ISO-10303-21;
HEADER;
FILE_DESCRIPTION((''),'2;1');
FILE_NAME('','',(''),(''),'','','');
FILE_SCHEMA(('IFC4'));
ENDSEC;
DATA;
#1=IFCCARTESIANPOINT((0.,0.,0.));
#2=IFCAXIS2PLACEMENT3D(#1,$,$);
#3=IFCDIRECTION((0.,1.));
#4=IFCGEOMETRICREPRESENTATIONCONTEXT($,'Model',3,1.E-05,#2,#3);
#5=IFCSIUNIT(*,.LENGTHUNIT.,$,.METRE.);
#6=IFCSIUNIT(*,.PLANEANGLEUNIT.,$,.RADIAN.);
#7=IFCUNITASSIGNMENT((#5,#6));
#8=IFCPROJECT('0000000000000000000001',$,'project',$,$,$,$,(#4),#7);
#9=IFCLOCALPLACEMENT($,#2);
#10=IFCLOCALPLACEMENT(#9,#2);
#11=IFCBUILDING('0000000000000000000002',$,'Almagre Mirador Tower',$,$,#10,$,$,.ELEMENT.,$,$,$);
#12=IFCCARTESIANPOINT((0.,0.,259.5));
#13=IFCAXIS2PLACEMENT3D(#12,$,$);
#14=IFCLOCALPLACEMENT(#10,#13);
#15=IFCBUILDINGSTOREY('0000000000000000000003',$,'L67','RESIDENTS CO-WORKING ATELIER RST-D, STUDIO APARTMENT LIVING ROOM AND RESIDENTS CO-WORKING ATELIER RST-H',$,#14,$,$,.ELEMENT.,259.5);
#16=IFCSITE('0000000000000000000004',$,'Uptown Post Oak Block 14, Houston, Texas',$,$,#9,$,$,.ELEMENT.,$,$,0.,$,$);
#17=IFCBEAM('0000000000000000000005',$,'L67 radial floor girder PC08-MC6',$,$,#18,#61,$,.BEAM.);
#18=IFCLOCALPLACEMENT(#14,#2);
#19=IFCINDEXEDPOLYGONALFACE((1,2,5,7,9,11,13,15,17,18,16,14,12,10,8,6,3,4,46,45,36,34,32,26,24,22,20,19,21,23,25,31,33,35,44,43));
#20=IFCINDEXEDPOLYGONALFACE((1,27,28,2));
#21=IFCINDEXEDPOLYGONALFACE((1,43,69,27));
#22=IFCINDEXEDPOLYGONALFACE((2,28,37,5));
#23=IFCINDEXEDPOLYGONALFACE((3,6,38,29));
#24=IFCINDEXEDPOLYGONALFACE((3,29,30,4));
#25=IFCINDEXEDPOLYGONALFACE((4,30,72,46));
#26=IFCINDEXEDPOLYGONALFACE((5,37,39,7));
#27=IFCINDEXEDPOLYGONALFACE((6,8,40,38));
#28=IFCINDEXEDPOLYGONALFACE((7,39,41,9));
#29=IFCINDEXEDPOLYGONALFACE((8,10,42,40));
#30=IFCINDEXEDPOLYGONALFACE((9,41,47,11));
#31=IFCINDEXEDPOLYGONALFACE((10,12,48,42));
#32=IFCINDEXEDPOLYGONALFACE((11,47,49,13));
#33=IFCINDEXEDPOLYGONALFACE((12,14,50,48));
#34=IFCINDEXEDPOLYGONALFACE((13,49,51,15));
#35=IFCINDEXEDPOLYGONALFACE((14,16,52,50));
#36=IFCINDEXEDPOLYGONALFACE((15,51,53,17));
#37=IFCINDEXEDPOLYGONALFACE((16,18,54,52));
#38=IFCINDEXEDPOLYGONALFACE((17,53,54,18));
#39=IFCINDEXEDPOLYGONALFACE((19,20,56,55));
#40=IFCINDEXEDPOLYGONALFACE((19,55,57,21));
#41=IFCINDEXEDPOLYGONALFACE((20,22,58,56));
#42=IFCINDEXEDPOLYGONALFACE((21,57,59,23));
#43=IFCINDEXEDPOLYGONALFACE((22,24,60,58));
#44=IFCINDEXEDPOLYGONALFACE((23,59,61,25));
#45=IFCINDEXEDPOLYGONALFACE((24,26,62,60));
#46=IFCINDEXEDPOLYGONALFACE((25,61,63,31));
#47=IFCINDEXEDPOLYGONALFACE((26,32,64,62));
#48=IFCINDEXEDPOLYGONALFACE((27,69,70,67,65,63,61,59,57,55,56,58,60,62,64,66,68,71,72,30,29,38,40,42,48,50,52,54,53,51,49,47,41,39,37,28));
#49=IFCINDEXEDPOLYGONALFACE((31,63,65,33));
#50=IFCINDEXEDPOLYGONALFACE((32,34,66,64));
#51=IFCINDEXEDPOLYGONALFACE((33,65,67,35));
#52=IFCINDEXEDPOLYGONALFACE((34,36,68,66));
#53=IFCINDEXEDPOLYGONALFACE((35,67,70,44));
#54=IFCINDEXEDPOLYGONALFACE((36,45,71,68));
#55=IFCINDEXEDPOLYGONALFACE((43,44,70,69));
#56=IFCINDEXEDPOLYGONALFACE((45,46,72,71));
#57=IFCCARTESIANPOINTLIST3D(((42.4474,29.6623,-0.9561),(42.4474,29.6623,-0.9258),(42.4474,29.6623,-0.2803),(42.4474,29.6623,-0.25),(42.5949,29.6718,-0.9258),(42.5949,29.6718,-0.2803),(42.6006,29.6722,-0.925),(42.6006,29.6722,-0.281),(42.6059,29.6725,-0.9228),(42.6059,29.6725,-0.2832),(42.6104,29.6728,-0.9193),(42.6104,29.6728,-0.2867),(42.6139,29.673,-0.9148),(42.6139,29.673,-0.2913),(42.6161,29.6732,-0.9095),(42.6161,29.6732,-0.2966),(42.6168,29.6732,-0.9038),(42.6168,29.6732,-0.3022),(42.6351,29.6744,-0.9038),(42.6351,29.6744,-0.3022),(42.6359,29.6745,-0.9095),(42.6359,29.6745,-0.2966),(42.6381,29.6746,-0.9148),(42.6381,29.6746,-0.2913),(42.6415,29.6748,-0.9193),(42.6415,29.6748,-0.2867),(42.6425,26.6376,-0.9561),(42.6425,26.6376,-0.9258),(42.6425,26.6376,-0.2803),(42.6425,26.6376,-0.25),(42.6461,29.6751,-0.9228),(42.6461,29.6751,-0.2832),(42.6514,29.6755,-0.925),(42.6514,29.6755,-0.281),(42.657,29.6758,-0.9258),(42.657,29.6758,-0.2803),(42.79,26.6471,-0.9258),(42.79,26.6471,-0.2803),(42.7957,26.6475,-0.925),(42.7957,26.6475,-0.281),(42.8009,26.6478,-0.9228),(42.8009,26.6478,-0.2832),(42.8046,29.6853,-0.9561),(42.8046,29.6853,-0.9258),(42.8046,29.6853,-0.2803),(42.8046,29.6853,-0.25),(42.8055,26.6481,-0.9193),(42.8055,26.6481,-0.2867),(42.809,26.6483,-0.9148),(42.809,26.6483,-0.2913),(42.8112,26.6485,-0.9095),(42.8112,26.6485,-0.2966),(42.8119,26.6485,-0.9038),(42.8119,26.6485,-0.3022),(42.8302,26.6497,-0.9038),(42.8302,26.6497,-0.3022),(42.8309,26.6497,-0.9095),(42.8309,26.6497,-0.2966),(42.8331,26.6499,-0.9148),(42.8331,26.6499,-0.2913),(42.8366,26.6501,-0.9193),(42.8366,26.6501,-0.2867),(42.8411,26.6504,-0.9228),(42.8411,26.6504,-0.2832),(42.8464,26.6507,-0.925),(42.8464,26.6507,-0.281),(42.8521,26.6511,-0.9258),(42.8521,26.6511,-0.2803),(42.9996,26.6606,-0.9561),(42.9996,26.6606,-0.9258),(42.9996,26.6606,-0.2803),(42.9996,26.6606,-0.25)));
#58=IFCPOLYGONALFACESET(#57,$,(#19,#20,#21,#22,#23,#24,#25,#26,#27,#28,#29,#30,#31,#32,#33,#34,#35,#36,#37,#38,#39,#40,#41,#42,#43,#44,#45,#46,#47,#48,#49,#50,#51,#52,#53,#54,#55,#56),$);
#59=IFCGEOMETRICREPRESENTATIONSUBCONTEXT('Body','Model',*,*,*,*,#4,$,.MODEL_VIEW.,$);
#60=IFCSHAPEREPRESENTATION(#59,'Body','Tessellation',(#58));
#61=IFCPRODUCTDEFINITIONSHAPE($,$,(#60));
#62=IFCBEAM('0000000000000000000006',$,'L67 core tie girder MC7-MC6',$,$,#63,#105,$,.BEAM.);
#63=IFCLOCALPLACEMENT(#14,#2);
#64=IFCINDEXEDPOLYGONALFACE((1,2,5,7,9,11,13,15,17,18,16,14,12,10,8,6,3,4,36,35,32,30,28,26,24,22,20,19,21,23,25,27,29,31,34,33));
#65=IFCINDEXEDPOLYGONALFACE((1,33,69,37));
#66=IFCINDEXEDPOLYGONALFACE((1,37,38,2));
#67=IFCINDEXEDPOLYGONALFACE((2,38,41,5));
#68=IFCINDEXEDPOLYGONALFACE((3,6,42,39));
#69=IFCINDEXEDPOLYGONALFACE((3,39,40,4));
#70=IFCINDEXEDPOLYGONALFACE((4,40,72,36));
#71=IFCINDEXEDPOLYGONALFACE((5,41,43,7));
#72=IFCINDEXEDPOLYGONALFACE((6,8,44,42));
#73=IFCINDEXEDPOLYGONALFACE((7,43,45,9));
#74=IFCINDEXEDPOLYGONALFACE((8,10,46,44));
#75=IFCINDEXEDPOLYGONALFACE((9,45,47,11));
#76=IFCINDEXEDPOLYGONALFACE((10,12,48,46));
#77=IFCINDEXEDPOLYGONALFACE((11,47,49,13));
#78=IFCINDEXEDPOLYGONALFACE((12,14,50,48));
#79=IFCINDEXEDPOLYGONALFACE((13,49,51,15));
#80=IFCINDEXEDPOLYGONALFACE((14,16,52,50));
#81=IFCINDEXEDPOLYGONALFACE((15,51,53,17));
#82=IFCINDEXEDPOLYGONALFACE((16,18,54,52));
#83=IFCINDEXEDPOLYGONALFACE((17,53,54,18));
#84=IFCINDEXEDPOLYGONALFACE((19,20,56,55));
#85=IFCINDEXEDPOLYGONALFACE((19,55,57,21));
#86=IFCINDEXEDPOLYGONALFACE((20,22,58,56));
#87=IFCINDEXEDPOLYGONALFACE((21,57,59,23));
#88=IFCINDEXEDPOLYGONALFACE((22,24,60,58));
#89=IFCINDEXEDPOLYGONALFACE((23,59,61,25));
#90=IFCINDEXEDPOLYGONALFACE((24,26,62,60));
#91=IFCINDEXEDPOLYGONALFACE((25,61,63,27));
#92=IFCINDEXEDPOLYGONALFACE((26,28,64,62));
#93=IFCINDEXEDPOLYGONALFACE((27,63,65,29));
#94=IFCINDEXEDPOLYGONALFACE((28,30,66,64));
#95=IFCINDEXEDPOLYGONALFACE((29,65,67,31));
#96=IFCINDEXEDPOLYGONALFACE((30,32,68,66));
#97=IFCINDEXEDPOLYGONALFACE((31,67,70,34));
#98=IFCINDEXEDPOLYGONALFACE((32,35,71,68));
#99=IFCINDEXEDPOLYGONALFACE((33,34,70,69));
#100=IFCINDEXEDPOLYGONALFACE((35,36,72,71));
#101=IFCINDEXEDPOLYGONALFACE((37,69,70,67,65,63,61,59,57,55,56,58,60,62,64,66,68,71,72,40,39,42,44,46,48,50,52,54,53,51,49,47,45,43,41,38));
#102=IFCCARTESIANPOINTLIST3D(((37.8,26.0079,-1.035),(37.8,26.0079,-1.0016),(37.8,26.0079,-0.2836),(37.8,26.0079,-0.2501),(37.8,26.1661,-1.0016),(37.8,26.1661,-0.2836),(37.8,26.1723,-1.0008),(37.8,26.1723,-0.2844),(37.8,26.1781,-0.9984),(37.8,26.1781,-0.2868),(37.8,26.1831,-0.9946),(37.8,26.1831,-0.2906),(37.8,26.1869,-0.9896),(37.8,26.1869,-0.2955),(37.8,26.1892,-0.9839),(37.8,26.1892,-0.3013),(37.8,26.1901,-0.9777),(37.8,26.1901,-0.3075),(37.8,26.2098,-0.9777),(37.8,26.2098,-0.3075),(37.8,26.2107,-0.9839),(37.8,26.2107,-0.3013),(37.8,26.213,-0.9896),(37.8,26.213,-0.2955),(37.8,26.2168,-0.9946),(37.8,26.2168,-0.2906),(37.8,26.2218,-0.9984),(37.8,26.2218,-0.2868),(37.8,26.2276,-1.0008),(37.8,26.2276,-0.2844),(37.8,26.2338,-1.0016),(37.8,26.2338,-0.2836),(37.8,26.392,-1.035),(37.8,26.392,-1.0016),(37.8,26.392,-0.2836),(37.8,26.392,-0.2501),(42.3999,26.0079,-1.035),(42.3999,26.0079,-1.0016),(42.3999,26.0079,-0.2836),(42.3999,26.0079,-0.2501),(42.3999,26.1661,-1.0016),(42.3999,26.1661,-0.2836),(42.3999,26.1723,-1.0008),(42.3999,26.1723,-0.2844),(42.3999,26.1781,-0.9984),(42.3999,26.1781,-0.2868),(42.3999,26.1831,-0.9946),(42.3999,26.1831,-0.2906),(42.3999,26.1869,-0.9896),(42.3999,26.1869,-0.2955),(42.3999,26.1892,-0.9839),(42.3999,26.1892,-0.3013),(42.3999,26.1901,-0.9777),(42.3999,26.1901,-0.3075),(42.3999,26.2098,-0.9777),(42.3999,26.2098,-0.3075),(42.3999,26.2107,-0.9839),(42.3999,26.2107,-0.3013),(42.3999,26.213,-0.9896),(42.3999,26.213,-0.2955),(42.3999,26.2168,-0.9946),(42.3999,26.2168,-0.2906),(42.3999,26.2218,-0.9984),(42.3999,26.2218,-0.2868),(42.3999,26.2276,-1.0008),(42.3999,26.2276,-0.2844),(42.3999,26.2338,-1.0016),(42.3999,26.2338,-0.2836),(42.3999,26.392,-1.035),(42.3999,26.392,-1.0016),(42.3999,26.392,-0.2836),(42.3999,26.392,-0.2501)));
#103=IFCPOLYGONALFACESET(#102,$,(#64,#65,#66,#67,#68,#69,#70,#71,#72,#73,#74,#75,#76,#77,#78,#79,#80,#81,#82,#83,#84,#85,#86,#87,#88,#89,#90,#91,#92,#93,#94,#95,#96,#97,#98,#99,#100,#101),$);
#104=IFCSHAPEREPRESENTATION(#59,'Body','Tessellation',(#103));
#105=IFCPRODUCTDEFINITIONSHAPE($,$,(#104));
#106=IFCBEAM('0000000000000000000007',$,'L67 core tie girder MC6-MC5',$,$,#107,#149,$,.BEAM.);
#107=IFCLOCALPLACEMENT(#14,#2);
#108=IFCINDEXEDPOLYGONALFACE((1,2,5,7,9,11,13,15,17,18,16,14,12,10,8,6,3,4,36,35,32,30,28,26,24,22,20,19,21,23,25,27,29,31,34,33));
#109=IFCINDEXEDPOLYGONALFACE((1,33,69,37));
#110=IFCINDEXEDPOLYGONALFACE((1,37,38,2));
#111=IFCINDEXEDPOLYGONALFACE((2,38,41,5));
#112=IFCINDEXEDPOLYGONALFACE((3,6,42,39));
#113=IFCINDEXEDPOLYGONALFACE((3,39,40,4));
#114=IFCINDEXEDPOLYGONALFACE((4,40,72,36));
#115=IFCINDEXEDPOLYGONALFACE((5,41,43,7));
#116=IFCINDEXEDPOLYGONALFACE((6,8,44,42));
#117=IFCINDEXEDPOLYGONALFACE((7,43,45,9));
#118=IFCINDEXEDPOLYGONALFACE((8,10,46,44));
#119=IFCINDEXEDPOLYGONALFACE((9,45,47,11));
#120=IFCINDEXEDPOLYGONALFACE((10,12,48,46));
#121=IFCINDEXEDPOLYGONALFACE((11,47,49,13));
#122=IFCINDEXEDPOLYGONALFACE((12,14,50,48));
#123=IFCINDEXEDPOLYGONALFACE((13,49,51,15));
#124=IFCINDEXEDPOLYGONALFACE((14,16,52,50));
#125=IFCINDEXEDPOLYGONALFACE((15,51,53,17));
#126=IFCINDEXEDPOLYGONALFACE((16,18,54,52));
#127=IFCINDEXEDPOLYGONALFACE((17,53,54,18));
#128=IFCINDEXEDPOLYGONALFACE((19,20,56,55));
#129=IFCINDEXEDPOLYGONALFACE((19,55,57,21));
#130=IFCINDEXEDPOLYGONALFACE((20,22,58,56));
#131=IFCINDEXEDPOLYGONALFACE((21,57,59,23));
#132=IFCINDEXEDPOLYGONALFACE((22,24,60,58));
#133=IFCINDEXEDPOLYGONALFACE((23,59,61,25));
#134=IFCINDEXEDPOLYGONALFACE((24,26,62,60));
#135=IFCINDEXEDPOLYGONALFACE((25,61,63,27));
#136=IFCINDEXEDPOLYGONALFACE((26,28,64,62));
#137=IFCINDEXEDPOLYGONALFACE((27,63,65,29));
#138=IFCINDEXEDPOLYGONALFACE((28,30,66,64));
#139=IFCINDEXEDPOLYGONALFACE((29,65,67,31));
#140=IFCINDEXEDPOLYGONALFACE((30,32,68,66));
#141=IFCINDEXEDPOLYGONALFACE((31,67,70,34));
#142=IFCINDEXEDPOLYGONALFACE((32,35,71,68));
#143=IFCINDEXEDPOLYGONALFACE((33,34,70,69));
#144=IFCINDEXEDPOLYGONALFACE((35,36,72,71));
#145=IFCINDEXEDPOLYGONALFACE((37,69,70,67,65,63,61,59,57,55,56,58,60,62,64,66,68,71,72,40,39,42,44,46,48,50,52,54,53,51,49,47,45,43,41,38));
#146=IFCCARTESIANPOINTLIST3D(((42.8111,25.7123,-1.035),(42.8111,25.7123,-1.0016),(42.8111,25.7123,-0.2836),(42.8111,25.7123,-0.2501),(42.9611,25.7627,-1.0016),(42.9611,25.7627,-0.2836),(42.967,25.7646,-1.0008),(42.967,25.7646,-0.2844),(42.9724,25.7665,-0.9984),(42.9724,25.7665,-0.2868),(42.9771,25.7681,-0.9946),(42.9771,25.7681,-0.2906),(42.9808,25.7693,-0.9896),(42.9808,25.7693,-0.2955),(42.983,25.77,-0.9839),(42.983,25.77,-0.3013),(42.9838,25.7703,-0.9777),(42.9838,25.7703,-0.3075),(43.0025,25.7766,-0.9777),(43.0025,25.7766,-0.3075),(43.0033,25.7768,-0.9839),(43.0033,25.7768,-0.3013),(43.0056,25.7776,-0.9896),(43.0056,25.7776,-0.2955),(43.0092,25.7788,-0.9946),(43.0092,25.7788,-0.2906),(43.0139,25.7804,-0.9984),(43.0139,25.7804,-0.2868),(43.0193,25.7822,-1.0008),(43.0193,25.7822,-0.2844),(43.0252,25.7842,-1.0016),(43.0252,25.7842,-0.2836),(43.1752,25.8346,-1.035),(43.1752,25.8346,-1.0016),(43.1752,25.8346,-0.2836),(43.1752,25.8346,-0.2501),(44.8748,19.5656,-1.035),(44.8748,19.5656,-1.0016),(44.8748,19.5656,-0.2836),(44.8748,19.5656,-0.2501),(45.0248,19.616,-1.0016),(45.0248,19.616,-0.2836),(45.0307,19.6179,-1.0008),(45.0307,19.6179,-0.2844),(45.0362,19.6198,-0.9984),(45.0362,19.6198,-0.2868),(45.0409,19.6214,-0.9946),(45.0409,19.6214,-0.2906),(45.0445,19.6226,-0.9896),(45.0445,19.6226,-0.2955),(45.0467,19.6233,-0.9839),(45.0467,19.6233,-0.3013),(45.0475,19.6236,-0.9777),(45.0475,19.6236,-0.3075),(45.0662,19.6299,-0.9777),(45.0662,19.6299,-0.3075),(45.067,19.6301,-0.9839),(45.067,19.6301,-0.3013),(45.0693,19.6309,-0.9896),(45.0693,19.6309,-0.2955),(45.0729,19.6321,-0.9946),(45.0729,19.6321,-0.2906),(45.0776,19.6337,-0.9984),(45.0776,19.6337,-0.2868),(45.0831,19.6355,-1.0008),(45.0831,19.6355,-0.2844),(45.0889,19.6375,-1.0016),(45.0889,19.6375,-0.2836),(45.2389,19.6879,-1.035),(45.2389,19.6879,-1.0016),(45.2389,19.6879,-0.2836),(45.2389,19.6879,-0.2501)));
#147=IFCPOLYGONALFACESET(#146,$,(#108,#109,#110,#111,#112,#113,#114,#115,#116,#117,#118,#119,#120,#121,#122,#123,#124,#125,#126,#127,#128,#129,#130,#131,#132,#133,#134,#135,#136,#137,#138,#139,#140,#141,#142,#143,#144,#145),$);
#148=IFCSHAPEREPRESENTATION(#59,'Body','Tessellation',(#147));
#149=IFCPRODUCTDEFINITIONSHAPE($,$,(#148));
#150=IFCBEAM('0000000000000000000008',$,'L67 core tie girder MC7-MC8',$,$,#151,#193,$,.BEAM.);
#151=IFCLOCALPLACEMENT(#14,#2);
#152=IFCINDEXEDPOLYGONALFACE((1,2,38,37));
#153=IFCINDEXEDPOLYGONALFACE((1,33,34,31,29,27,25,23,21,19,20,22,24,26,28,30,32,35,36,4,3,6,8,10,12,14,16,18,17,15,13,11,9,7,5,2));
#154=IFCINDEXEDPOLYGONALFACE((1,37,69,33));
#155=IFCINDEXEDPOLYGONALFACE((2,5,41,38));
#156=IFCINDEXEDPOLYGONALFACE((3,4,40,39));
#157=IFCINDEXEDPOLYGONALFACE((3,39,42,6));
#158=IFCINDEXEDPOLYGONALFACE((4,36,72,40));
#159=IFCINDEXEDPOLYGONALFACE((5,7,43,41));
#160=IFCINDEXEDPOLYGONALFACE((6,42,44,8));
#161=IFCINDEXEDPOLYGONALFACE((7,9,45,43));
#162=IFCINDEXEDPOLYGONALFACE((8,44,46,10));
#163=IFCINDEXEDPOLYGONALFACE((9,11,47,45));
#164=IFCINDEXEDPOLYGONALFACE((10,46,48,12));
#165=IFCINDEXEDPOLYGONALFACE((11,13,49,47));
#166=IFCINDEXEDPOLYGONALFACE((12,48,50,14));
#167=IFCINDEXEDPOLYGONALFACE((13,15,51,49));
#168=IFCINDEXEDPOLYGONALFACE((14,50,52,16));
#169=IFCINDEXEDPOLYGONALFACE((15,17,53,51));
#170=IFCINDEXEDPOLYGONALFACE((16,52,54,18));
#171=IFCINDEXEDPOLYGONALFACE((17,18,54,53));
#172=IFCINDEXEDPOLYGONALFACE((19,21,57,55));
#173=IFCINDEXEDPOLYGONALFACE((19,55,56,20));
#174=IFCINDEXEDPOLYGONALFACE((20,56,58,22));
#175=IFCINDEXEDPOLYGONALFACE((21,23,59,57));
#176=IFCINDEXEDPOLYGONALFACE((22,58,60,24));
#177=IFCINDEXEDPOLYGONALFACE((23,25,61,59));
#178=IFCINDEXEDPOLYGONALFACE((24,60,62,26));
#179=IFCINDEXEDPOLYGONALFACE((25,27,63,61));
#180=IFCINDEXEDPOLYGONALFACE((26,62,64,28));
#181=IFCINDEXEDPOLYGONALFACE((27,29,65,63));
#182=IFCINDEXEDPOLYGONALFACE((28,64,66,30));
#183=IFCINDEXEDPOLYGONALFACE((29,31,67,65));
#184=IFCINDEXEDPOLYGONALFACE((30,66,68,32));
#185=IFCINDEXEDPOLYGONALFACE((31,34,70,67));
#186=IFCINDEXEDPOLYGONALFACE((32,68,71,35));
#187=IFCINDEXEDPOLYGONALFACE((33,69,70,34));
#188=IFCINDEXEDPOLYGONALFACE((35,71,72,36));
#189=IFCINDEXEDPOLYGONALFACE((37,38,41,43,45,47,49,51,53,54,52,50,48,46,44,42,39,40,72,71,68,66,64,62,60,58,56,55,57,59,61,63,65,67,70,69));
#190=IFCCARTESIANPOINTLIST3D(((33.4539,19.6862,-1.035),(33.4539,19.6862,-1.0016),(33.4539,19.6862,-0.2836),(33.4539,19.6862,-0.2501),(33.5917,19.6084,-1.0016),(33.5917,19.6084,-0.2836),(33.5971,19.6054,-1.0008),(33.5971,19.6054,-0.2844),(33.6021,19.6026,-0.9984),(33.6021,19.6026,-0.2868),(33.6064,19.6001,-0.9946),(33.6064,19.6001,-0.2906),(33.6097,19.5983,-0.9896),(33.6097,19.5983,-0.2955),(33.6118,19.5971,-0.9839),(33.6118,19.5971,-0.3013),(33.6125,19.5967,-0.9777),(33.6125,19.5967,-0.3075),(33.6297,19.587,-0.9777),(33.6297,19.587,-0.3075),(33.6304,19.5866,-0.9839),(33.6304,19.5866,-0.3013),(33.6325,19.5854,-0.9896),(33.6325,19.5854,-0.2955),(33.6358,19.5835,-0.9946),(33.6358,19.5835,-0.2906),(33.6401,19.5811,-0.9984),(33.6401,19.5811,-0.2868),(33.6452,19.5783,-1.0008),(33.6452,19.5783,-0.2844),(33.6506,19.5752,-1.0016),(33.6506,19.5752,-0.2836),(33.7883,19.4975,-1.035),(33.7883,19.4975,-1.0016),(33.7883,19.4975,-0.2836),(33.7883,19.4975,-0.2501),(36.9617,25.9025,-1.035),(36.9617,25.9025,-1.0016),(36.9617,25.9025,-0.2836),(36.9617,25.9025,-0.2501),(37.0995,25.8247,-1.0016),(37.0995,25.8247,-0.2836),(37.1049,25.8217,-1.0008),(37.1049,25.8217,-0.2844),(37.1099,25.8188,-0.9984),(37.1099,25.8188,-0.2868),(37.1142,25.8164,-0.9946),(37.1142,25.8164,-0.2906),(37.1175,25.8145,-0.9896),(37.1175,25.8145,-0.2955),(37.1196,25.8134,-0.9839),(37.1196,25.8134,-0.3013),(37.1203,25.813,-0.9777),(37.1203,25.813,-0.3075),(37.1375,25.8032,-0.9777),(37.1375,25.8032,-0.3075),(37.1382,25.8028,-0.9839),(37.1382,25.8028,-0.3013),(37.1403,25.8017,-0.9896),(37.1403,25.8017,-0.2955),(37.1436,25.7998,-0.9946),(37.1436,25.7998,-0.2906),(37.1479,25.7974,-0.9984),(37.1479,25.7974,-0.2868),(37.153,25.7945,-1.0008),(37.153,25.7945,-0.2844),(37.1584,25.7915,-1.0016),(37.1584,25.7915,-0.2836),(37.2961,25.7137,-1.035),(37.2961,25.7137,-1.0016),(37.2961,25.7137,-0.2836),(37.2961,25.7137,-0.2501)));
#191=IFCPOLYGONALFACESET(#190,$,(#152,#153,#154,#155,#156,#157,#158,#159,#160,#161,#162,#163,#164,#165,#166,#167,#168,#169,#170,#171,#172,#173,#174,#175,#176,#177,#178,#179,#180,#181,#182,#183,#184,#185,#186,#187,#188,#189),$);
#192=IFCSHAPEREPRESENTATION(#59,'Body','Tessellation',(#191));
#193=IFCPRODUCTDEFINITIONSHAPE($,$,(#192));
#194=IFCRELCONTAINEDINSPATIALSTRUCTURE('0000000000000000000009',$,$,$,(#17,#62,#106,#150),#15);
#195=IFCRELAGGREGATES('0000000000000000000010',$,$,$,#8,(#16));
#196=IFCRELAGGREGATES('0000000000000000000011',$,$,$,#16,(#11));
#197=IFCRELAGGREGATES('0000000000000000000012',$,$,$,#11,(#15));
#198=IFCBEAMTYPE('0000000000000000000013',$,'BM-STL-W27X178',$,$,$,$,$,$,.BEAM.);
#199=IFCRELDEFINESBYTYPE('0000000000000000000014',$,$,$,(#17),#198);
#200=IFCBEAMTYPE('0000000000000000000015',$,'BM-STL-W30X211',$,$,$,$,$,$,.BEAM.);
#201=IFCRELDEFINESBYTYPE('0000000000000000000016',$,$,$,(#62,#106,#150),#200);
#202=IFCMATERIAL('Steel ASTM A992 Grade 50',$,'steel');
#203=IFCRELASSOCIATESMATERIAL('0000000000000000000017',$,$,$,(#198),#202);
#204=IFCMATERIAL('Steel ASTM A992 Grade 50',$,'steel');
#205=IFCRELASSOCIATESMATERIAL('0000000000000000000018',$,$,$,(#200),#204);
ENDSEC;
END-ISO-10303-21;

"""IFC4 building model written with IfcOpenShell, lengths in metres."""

from ifc_helpers import new_model, si_unit, direction, frame, origin, origin_2d, place, context, subcontext, project, spatial, i_section, extrude, material, material_profile, profile_set, type_object, element, save


model = new_model("IFC4")

# Units and contexts
model_context = context("Model", 3, precision=1e-05, world=origin(), true_north=direction((0.0, 1.0)))
body_context = subcontext(model_context, "Body", "Model", "MODEL_VIEW")
ifc_project = project(units=[si_unit("LENGTHUNIT", "METRE"), si_unit("PLANEANGLEUNIT", "RADIAN")], contexts=[model_context])

# Site, building, storey
site_placement = place(None, origin())
site = spatial("IfcSite", under=ifc_project, at=site_placement, Name="Uptown Post Oak Block 14, Houston, Texas", CompositionType="ELEMENT", RefElevation=0.0)
building_placement = place(site_placement, origin())
building = spatial("IfcBuilding", under=site, at=building_placement, Name="Almagre Mirador Tower", CompositionType="ELEMENT")
storey_placement = place(building_placement, frame((0.0, 0.0, 259.5)))
storey = spatial("IfcBuildingStorey", under=building, at=storey_placement, Name="L67", Description="RESIDENTS CO-WORKING ATELIER RST-D, STUDIO APARTMENT LIVING ROOM AND RESIDENTS CO-WORKING ATELIER RST-H", CompositionType="ELEMENT", Elevation=259.5)

# Beams
ifc_material_1 = material(Name="Steel ASTM A992 Grade 50", Category="steel")
ifc_material_profile_1 = material_profile(ifc_material_1, i_section(OverallWidth=0.3579, OverallDepth=0.7061, WebThickness=0.0183, FlangeThickness=0.0303, FilletRadius=0.022, at=origin_2d()), Name="W27X178")
ifc_profile_set_1 = profile_set([ifc_material_profile_1], Name="Steel ASTM A992 Grade 50")
beam_type_1 = type_object("IfcBeamType", Name="BM-STL-W27X178", PredefinedType="BEAM", material=ifc_profile_set_1)
beam_1_placement = place(storey_placement, frame((42.626, 29.6738, -0.603), z_axis=(0.064359, -0.997927, 0.0), x_axis=(0.997927, 0.064359, 0.0)))
element("IfcBeam", 1, at=beam_1_placement, inside=storey, type_object=beam_type_1, Name="L67 radial floor girder PC08-MC6", PredefinedType="BEAM", context=body_context, shape_type="SweptSolid", body=[
    extrude(i_section(OverallWidth=0.3579, OverallDepth=0.7061, WebThickness=0.0183, FlangeThickness=0.0303, FilletRadius=0.022, at=origin_2d()), origin(), (0.0, 0.0, 1.0), 3.031),
])
ifc_material_2 = material(Name="Steel ASTM A992 Grade 50", Category="steel")
ifc_material_profile_2 = material_profile(ifc_material_2, i_section(OverallWidth=0.384, OverallDepth=0.7849, WebThickness=0.0198, FlangeThickness=0.0334, FilletRadius=0.0239, at=origin_2d()), Name="W30X211")
ifc_profile_set_2 = profile_set([ifc_material_profile_2], Name="Steel ASTM A992 Grade 50")
beam_type_2 = type_object("IfcBeamType", Name="BM-STL-W30X211", PredefinedType="BEAM", material=ifc_profile_set_2)
beam_2_placement = place(storey_placement, frame((37.8, 26.2, -0.6426), z_axis=(1.0, 0.0, 0.0), x_axis=(0.0, 1.0, 0.0)))
element("IfcBeam", 2, at=beam_2_placement, inside=storey, type_object=beam_type_2, Name="L67 core tie girder MC7-MC6", PredefinedType="BEAM", context=body_context, shape_type="SweptSolid", body=[
    extrude(i_section(OverallWidth=0.384, OverallDepth=0.7849, WebThickness=0.0198, FlangeThickness=0.0334, FilletRadius=0.0239, at=origin_2d()), origin(), (0.0, 0.0, 1.0), 4.5999),
])
beam_3_placement = place(storey_placement, frame((42.9932, 25.7734, -0.6426), z_axis=(0.318283, -0.947996, 0.0), x_axis=(0.947996, 0.318283, 0.0)))
element("IfcBeam", 3, at=beam_3_placement, inside=storey, type_object=beam_type_2, Name="L67 core tie girder MC6-MC5", PredefinedType="BEAM", context=body_context, shape_type="SweptSolid", body=[
    extrude(i_section(OverallWidth=0.384, OverallDepth=0.7849, WebThickness=0.0198, FlangeThickness=0.0334, FilletRadius=0.0239, at=origin_2d()), origin(), (0.0, 0.0, 1.0), 6.4839),
])
beam_4_placement = place(storey_placement, frame((37.1289, 25.8081, -0.6426), z_axis=(-0.491446, -0.870908, 0.0), x_axis=(0.870908, -0.491446, 0.0)))
element("IfcBeam", 4, at=beam_4_placement, inside=storey, type_object=beam_type_2, Name="L67 core tie girder MC7-MC8", PredefinedType="BEAM", context=body_context, shape_type="SweptSolid", body=[
    extrude(i_section(OverallWidth=0.384, OverallDepth=0.7849, WebThickness=0.0198, FlangeThickness=0.0334, FilletRadius=0.0239, at=origin_2d()), origin(), (0.0, 0.0, 1.0), 7.1377),
])

save(model, "model.ifc")
